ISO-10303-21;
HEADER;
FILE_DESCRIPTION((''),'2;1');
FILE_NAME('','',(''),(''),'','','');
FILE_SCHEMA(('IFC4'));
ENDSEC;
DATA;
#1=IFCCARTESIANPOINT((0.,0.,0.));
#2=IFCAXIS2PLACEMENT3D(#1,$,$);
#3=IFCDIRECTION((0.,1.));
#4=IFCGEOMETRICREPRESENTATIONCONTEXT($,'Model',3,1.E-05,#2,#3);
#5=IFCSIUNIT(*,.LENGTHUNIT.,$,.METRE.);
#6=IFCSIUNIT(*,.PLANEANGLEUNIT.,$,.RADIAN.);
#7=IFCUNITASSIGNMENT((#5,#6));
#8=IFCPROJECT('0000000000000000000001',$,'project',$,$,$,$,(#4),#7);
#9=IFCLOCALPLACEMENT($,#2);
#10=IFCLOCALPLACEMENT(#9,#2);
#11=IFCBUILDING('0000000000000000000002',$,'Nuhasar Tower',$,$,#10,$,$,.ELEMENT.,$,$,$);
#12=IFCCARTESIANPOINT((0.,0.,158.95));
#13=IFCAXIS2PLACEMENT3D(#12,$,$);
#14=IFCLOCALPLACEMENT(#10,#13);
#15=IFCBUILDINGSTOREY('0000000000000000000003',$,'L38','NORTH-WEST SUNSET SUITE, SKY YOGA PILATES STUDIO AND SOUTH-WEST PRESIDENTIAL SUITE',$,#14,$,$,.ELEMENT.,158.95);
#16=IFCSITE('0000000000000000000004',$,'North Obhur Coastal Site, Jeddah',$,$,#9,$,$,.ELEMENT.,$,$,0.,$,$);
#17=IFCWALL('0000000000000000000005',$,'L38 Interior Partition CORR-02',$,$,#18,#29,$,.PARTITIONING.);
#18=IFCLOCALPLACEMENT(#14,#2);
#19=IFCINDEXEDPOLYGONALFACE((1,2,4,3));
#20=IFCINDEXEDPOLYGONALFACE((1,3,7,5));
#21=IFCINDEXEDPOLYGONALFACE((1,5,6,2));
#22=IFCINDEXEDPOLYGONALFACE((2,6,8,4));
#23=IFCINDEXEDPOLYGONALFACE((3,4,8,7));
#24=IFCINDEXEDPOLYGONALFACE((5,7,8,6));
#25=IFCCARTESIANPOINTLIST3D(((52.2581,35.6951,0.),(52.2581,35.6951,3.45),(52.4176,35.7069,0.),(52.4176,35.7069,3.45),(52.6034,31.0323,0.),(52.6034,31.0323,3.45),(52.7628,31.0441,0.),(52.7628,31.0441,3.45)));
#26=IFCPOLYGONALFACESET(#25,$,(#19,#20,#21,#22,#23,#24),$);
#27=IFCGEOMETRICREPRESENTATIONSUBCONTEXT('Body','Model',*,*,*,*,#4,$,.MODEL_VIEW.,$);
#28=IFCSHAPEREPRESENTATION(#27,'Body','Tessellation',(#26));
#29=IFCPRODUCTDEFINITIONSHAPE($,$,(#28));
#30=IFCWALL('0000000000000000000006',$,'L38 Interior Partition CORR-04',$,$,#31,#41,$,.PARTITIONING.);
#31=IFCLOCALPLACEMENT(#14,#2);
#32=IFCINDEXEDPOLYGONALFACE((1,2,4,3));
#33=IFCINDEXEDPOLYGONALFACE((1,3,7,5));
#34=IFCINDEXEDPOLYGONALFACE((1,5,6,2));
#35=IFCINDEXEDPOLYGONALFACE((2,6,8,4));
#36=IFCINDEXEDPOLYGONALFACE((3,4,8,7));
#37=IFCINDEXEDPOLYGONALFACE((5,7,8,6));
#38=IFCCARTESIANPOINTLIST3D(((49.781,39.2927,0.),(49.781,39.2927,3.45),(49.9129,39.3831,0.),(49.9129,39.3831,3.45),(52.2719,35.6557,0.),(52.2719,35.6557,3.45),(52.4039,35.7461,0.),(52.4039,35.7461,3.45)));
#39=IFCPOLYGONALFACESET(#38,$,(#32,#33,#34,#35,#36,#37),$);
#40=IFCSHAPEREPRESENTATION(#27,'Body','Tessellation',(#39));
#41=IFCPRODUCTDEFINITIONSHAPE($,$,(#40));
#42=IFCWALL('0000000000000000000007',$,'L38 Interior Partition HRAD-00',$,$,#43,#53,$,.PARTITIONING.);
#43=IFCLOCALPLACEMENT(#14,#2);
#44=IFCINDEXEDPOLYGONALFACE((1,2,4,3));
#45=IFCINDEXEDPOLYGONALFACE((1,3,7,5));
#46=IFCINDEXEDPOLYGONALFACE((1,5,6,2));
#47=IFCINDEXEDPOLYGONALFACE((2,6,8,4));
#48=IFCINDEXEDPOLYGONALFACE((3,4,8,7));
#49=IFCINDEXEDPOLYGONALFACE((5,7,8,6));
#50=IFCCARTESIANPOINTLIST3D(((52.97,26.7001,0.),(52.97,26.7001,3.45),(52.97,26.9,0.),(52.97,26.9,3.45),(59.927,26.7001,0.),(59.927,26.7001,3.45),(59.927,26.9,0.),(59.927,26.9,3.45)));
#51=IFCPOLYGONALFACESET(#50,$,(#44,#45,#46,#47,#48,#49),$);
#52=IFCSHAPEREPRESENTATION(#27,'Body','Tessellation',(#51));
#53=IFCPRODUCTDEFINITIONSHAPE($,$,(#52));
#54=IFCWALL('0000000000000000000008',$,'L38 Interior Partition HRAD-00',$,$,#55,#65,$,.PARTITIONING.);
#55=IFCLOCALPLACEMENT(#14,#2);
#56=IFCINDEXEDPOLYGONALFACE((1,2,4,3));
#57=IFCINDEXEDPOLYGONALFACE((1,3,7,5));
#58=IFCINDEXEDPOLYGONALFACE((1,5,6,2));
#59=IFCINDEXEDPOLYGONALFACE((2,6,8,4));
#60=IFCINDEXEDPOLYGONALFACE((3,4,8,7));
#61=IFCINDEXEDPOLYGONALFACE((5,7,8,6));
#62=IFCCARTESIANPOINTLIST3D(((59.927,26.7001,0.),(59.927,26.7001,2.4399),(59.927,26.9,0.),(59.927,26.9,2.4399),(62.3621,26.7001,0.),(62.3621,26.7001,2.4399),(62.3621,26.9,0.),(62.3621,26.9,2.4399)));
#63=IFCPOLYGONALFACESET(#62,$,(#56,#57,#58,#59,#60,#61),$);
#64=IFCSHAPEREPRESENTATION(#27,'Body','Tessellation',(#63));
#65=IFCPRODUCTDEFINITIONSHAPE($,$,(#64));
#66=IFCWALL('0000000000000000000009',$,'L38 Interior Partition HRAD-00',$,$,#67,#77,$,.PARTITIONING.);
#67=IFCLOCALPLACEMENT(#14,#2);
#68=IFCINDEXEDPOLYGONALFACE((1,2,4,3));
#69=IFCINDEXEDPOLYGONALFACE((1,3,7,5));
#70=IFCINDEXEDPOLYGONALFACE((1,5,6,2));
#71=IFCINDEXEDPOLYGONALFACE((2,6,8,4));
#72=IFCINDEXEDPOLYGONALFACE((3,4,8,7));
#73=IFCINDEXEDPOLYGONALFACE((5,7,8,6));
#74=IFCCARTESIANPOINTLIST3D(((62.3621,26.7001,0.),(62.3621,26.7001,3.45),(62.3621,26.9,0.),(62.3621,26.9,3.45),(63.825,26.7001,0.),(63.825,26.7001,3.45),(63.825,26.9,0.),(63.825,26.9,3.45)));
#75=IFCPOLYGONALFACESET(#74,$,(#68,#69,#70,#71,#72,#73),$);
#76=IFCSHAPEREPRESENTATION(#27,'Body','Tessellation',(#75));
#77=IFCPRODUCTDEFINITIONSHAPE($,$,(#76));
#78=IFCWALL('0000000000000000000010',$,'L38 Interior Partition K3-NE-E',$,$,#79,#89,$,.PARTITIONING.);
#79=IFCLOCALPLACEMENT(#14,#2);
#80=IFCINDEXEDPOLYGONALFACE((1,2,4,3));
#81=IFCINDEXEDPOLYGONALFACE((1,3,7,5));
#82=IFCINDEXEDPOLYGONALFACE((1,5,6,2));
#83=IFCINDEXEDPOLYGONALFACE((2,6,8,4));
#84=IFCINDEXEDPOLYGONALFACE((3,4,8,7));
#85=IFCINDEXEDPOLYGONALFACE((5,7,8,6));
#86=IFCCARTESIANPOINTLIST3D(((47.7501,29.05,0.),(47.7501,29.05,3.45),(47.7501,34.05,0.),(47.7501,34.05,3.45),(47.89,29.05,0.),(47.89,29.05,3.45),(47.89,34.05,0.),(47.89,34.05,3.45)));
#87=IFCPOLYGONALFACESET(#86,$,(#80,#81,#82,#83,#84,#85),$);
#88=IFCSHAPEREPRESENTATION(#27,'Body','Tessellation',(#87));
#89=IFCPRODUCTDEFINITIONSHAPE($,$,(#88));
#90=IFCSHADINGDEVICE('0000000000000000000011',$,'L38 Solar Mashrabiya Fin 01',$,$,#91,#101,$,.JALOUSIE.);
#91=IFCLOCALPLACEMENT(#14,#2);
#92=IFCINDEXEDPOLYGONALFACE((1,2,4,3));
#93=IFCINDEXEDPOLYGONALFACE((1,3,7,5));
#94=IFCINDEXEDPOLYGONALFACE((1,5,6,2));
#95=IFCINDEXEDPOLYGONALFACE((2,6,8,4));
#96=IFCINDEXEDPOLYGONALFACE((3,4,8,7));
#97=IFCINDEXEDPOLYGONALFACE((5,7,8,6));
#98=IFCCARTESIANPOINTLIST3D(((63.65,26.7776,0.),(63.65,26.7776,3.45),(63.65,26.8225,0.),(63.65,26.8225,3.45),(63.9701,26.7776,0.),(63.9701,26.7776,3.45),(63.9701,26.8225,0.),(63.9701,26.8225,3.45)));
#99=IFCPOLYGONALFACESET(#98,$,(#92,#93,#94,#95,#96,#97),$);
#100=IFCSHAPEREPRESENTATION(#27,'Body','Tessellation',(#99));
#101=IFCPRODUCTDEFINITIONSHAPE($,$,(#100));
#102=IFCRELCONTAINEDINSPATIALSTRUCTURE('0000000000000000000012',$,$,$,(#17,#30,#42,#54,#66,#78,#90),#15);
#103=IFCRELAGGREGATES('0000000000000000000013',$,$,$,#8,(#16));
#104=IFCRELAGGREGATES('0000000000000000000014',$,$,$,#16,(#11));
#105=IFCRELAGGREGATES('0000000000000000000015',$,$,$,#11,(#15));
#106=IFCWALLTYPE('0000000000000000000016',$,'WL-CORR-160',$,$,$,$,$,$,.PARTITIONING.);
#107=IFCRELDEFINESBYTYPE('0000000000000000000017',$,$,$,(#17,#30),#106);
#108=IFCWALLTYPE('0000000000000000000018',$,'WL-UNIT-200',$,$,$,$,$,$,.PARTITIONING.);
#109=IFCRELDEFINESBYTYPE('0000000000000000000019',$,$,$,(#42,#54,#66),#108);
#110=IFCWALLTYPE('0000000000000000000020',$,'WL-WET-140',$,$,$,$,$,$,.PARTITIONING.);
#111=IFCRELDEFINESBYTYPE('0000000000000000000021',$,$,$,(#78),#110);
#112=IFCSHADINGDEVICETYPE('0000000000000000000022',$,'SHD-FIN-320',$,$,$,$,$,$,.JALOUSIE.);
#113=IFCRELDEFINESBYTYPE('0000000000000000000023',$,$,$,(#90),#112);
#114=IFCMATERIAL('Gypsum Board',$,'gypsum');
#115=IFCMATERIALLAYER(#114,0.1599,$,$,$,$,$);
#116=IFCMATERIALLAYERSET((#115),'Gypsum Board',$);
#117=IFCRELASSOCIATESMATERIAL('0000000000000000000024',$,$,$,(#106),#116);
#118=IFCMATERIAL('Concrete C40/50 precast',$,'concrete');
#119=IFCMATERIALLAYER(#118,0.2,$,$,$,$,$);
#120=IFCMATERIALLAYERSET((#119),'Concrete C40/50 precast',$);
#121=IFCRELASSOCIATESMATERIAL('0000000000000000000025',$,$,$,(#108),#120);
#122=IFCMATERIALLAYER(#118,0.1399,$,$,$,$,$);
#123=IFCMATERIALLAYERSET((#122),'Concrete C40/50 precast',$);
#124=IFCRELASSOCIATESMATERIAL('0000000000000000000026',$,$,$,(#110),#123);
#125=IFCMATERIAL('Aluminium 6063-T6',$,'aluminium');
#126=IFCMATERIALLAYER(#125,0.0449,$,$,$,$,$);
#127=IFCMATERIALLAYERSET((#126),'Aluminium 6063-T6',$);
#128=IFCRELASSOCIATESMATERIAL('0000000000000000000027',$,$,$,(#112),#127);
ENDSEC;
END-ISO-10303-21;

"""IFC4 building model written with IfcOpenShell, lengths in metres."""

from ifc_helpers import new_model, si_unit, direction, frame, frame_2d, origin, origin_2d, place, context, subcontext, project, spatial, rectangle, extrude, material, layer, layer_set, type_object, element, save


model = new_model("IFC4")

# Units and contexts
model_context = context("Model", 3, precision=1e-05, world=origin(), true_north=direction((0.0, 1.0)))
body_context = subcontext(model_context, "Body", "Model", "MODEL_VIEW")
ifc_project = project(units=[si_unit("LENGTHUNIT", "METRE"), si_unit("PLANEANGLEUNIT", "RADIAN")], contexts=[model_context])

# Site, building, storey
site_placement = place(None, origin())
site = spatial("IfcSite", under=ifc_project, at=site_placement, Name="North Obhur Coastal Site, Jeddah", CompositionType="ELEMENT", RefElevation=0.0)
building_placement = place(site_placement, origin())
building = spatial("IfcBuilding", under=site, at=building_placement, Name="Nuhasar Tower", CompositionType="ELEMENT")
storey_placement = place(building_placement, frame((0.0, 0.0, 158.95)))
storey = spatial("IfcBuildingStorey", under=building, at=storey_placement, Name="L38", Description="NORTH-WEST SUNSET SUITE, SKY YOGA PILATES STUDIO AND SOUTH-WEST PRESIDENTIAL SUITE", CompositionType="ELEMENT", Elevation=158.95)

# Shared definitions
ifc_material_1 = material(Name="Aluminium 6063-T6", Category="aluminium")

# Shared definitions
ifc_material_2 = material(Name="Gypsum Board", Category="gypsum")
ifc_layer_1 = layer(ifc_material_2, 0.1599)
ifc_layer_set_1 = layer_set([ifc_layer_1], Name="Gypsum Board")
wall_type_1 = type_object("IfcWallType", Name="WL-CORR-160", PredefinedType="PARTITIONING", material=ifc_layer_set_1)

# Walls
wall_1_placement = place(storey_placement, frame((52.6831, 31.0381, 0.0), z_axis=(0.0, 0.0, 1.0), x_axis=(-0.073833, 0.997271, 0.0)))
element("IfcWall", 1, at=wall_1_placement, inside=storey, type_object=wall_type_1, Name="L38 Interior Partition CORR-02", PredefinedType="PARTITIONING", context=body_context, shape_type="SweptSolid", body=[
    extrude(rectangle(XDim=4.6755, YDim=0.1599, at=frame_2d((2.3379, 0.0))), origin(), (0.0, 0.0, 1.0), 3.45),
])
wall_2_placement = place(storey_placement, frame((52.3379, 35.7009, 0.0), z_axis=(0.0, 0.0, 1.0), x_axis=(-0.565073, 0.825041, 0.0)))
element("IfcWall", 2, at=wall_2_placement, inside=storey, type_object=wall_type_1, Name="L38 Interior Partition CORR-04", PredefinedType="PARTITIONING", context=body_context, shape_type="SweptSolid", body=[
    extrude(rectangle(XDim=4.4082, YDim=0.1599, at=frame_2d((2.2041, 0.0))), origin(), (0.0, 0.0, 1.0), 3.45),
])
ifc_material_3 = material(Name="Concrete C40/50 precast", Category="concrete")
ifc_layer_2 = layer(ifc_material_3, 0.2)
ifc_layer_set_2 = layer_set([ifc_layer_2], Name="Concrete C40/50 precast")
wall_type_2 = type_object("IfcWallType", Name="WL-UNIT-200", PredefinedType="PARTITIONING", material=ifc_layer_set_2)
wall_3_placement = place(storey_placement, frame((52.97, 26.8, 0.0), z_axis=(0.0, 0.0, 1.0), x_axis=(1.0, 0.0, 0.0)))
element("IfcWall", 3, at=wall_3_placement, inside=storey, type_object=wall_type_2, Name="L38 Interior Partition HRAD-00", PredefinedType="PARTITIONING", context=body_context, shape_type="SweptSolid", body=[
    extrude(rectangle(XDim=6.957, YDim=0.2, at=frame_2d((3.4785, 0.0))), origin(), (0.0, 0.0, 1.0), 3.45),
])
wall_4_placement = place(storey_placement, frame((59.927, 26.8, 0.0), z_axis=(0.0, 0.0, 1.0), x_axis=(1.0, 0.0, 0.0)))
element("IfcWall", 4, at=wall_4_placement, inside=storey, type_object=wall_type_2, Name="L38 Interior Partition HRAD-00", PredefinedType="PARTITIONING", context=body_context, shape_type="SweptSolid", body=[
    extrude(rectangle(XDim=2.4351, YDim=0.2, at=frame_2d((1.2175, 0.0))), origin(), (0.0, 0.0, 1.0), 2.4399),
])
wall_5_placement = place(storey_placement, frame((62.3621, 26.8, 0.0), z_axis=(0.0, 0.0, 1.0), x_axis=(1.0, 0.0, 0.0)))
element("IfcWall", 5, at=wall_5_placement, inside=storey, type_object=wall_type_2, Name="L38 Interior Partition HRAD-00", PredefinedType="PARTITIONING", context=body_context, shape_type="SweptSolid", body=[
    extrude(rectangle(XDim=1.4629, YDim=0.2, at=frame_2d((0.7314, 0.0))), origin(), (0.0, 0.0, 1.0), 3.45),
])
ifc_layer_3 = layer(ifc_material_3, 0.1399)
ifc_layer_set_3 = layer_set([ifc_layer_3], Name="Concrete C40/50 precast")
wall_type_3 = type_object("IfcWallType", Name="WL-WET-140", PredefinedType="PARTITIONING", material=ifc_layer_set_3)
wall_6_placement = place(storey_placement, frame((47.8201, 29.05, 0.0), z_axis=(0.0, 0.0, 1.0), x_axis=(0.0, 1.0, 0.0)))
element("IfcWall", 6, at=wall_6_placement, inside=storey, type_object=wall_type_3, Name="L38 Interior Partition K3-NE-E", PredefinedType="PARTITIONING", context=body_context, shape_type="SweptSolid", body=[
    extrude(rectangle(XDim=5.0, YDim=0.1399, at=frame_2d((2.5, 0.0))), origin(), (0.0, 0.0, 1.0), 3.45),
])

# Shading device
ifc_layer_4 = layer(ifc_material_1, 0.0449)
ifc_layer_set_4 = layer_set([ifc_layer_4], Name="Aluminium 6063-T6")
shading_device_type = type_object("IfcShadingDeviceType", Name="SHD-FIN-320", PredefinedType="JALOUSIE", material=ifc_layer_set_4)
shading_device_placement = place(storey_placement, frame((63.8101, 26.8, 0.0), z_axis=(0.0, 0.0, 1.0), x_axis=(1.0, 0.0, 0.0)))
element("IfcShadingDevice", 7, at=shading_device_placement, inside=storey, type_object=shading_device_type, Name="L38 Solar Mashrabiya Fin 01", PredefinedType="JALOUSIE", context=body_context, shape_type="SweptSolid", body=[
    extrude(rectangle(XDim=0.3201, YDim=0.0449, at=origin_2d()), origin(), (0.0, 0.0, 1.0), 3.45),
])

save(model, "model.ifc")
